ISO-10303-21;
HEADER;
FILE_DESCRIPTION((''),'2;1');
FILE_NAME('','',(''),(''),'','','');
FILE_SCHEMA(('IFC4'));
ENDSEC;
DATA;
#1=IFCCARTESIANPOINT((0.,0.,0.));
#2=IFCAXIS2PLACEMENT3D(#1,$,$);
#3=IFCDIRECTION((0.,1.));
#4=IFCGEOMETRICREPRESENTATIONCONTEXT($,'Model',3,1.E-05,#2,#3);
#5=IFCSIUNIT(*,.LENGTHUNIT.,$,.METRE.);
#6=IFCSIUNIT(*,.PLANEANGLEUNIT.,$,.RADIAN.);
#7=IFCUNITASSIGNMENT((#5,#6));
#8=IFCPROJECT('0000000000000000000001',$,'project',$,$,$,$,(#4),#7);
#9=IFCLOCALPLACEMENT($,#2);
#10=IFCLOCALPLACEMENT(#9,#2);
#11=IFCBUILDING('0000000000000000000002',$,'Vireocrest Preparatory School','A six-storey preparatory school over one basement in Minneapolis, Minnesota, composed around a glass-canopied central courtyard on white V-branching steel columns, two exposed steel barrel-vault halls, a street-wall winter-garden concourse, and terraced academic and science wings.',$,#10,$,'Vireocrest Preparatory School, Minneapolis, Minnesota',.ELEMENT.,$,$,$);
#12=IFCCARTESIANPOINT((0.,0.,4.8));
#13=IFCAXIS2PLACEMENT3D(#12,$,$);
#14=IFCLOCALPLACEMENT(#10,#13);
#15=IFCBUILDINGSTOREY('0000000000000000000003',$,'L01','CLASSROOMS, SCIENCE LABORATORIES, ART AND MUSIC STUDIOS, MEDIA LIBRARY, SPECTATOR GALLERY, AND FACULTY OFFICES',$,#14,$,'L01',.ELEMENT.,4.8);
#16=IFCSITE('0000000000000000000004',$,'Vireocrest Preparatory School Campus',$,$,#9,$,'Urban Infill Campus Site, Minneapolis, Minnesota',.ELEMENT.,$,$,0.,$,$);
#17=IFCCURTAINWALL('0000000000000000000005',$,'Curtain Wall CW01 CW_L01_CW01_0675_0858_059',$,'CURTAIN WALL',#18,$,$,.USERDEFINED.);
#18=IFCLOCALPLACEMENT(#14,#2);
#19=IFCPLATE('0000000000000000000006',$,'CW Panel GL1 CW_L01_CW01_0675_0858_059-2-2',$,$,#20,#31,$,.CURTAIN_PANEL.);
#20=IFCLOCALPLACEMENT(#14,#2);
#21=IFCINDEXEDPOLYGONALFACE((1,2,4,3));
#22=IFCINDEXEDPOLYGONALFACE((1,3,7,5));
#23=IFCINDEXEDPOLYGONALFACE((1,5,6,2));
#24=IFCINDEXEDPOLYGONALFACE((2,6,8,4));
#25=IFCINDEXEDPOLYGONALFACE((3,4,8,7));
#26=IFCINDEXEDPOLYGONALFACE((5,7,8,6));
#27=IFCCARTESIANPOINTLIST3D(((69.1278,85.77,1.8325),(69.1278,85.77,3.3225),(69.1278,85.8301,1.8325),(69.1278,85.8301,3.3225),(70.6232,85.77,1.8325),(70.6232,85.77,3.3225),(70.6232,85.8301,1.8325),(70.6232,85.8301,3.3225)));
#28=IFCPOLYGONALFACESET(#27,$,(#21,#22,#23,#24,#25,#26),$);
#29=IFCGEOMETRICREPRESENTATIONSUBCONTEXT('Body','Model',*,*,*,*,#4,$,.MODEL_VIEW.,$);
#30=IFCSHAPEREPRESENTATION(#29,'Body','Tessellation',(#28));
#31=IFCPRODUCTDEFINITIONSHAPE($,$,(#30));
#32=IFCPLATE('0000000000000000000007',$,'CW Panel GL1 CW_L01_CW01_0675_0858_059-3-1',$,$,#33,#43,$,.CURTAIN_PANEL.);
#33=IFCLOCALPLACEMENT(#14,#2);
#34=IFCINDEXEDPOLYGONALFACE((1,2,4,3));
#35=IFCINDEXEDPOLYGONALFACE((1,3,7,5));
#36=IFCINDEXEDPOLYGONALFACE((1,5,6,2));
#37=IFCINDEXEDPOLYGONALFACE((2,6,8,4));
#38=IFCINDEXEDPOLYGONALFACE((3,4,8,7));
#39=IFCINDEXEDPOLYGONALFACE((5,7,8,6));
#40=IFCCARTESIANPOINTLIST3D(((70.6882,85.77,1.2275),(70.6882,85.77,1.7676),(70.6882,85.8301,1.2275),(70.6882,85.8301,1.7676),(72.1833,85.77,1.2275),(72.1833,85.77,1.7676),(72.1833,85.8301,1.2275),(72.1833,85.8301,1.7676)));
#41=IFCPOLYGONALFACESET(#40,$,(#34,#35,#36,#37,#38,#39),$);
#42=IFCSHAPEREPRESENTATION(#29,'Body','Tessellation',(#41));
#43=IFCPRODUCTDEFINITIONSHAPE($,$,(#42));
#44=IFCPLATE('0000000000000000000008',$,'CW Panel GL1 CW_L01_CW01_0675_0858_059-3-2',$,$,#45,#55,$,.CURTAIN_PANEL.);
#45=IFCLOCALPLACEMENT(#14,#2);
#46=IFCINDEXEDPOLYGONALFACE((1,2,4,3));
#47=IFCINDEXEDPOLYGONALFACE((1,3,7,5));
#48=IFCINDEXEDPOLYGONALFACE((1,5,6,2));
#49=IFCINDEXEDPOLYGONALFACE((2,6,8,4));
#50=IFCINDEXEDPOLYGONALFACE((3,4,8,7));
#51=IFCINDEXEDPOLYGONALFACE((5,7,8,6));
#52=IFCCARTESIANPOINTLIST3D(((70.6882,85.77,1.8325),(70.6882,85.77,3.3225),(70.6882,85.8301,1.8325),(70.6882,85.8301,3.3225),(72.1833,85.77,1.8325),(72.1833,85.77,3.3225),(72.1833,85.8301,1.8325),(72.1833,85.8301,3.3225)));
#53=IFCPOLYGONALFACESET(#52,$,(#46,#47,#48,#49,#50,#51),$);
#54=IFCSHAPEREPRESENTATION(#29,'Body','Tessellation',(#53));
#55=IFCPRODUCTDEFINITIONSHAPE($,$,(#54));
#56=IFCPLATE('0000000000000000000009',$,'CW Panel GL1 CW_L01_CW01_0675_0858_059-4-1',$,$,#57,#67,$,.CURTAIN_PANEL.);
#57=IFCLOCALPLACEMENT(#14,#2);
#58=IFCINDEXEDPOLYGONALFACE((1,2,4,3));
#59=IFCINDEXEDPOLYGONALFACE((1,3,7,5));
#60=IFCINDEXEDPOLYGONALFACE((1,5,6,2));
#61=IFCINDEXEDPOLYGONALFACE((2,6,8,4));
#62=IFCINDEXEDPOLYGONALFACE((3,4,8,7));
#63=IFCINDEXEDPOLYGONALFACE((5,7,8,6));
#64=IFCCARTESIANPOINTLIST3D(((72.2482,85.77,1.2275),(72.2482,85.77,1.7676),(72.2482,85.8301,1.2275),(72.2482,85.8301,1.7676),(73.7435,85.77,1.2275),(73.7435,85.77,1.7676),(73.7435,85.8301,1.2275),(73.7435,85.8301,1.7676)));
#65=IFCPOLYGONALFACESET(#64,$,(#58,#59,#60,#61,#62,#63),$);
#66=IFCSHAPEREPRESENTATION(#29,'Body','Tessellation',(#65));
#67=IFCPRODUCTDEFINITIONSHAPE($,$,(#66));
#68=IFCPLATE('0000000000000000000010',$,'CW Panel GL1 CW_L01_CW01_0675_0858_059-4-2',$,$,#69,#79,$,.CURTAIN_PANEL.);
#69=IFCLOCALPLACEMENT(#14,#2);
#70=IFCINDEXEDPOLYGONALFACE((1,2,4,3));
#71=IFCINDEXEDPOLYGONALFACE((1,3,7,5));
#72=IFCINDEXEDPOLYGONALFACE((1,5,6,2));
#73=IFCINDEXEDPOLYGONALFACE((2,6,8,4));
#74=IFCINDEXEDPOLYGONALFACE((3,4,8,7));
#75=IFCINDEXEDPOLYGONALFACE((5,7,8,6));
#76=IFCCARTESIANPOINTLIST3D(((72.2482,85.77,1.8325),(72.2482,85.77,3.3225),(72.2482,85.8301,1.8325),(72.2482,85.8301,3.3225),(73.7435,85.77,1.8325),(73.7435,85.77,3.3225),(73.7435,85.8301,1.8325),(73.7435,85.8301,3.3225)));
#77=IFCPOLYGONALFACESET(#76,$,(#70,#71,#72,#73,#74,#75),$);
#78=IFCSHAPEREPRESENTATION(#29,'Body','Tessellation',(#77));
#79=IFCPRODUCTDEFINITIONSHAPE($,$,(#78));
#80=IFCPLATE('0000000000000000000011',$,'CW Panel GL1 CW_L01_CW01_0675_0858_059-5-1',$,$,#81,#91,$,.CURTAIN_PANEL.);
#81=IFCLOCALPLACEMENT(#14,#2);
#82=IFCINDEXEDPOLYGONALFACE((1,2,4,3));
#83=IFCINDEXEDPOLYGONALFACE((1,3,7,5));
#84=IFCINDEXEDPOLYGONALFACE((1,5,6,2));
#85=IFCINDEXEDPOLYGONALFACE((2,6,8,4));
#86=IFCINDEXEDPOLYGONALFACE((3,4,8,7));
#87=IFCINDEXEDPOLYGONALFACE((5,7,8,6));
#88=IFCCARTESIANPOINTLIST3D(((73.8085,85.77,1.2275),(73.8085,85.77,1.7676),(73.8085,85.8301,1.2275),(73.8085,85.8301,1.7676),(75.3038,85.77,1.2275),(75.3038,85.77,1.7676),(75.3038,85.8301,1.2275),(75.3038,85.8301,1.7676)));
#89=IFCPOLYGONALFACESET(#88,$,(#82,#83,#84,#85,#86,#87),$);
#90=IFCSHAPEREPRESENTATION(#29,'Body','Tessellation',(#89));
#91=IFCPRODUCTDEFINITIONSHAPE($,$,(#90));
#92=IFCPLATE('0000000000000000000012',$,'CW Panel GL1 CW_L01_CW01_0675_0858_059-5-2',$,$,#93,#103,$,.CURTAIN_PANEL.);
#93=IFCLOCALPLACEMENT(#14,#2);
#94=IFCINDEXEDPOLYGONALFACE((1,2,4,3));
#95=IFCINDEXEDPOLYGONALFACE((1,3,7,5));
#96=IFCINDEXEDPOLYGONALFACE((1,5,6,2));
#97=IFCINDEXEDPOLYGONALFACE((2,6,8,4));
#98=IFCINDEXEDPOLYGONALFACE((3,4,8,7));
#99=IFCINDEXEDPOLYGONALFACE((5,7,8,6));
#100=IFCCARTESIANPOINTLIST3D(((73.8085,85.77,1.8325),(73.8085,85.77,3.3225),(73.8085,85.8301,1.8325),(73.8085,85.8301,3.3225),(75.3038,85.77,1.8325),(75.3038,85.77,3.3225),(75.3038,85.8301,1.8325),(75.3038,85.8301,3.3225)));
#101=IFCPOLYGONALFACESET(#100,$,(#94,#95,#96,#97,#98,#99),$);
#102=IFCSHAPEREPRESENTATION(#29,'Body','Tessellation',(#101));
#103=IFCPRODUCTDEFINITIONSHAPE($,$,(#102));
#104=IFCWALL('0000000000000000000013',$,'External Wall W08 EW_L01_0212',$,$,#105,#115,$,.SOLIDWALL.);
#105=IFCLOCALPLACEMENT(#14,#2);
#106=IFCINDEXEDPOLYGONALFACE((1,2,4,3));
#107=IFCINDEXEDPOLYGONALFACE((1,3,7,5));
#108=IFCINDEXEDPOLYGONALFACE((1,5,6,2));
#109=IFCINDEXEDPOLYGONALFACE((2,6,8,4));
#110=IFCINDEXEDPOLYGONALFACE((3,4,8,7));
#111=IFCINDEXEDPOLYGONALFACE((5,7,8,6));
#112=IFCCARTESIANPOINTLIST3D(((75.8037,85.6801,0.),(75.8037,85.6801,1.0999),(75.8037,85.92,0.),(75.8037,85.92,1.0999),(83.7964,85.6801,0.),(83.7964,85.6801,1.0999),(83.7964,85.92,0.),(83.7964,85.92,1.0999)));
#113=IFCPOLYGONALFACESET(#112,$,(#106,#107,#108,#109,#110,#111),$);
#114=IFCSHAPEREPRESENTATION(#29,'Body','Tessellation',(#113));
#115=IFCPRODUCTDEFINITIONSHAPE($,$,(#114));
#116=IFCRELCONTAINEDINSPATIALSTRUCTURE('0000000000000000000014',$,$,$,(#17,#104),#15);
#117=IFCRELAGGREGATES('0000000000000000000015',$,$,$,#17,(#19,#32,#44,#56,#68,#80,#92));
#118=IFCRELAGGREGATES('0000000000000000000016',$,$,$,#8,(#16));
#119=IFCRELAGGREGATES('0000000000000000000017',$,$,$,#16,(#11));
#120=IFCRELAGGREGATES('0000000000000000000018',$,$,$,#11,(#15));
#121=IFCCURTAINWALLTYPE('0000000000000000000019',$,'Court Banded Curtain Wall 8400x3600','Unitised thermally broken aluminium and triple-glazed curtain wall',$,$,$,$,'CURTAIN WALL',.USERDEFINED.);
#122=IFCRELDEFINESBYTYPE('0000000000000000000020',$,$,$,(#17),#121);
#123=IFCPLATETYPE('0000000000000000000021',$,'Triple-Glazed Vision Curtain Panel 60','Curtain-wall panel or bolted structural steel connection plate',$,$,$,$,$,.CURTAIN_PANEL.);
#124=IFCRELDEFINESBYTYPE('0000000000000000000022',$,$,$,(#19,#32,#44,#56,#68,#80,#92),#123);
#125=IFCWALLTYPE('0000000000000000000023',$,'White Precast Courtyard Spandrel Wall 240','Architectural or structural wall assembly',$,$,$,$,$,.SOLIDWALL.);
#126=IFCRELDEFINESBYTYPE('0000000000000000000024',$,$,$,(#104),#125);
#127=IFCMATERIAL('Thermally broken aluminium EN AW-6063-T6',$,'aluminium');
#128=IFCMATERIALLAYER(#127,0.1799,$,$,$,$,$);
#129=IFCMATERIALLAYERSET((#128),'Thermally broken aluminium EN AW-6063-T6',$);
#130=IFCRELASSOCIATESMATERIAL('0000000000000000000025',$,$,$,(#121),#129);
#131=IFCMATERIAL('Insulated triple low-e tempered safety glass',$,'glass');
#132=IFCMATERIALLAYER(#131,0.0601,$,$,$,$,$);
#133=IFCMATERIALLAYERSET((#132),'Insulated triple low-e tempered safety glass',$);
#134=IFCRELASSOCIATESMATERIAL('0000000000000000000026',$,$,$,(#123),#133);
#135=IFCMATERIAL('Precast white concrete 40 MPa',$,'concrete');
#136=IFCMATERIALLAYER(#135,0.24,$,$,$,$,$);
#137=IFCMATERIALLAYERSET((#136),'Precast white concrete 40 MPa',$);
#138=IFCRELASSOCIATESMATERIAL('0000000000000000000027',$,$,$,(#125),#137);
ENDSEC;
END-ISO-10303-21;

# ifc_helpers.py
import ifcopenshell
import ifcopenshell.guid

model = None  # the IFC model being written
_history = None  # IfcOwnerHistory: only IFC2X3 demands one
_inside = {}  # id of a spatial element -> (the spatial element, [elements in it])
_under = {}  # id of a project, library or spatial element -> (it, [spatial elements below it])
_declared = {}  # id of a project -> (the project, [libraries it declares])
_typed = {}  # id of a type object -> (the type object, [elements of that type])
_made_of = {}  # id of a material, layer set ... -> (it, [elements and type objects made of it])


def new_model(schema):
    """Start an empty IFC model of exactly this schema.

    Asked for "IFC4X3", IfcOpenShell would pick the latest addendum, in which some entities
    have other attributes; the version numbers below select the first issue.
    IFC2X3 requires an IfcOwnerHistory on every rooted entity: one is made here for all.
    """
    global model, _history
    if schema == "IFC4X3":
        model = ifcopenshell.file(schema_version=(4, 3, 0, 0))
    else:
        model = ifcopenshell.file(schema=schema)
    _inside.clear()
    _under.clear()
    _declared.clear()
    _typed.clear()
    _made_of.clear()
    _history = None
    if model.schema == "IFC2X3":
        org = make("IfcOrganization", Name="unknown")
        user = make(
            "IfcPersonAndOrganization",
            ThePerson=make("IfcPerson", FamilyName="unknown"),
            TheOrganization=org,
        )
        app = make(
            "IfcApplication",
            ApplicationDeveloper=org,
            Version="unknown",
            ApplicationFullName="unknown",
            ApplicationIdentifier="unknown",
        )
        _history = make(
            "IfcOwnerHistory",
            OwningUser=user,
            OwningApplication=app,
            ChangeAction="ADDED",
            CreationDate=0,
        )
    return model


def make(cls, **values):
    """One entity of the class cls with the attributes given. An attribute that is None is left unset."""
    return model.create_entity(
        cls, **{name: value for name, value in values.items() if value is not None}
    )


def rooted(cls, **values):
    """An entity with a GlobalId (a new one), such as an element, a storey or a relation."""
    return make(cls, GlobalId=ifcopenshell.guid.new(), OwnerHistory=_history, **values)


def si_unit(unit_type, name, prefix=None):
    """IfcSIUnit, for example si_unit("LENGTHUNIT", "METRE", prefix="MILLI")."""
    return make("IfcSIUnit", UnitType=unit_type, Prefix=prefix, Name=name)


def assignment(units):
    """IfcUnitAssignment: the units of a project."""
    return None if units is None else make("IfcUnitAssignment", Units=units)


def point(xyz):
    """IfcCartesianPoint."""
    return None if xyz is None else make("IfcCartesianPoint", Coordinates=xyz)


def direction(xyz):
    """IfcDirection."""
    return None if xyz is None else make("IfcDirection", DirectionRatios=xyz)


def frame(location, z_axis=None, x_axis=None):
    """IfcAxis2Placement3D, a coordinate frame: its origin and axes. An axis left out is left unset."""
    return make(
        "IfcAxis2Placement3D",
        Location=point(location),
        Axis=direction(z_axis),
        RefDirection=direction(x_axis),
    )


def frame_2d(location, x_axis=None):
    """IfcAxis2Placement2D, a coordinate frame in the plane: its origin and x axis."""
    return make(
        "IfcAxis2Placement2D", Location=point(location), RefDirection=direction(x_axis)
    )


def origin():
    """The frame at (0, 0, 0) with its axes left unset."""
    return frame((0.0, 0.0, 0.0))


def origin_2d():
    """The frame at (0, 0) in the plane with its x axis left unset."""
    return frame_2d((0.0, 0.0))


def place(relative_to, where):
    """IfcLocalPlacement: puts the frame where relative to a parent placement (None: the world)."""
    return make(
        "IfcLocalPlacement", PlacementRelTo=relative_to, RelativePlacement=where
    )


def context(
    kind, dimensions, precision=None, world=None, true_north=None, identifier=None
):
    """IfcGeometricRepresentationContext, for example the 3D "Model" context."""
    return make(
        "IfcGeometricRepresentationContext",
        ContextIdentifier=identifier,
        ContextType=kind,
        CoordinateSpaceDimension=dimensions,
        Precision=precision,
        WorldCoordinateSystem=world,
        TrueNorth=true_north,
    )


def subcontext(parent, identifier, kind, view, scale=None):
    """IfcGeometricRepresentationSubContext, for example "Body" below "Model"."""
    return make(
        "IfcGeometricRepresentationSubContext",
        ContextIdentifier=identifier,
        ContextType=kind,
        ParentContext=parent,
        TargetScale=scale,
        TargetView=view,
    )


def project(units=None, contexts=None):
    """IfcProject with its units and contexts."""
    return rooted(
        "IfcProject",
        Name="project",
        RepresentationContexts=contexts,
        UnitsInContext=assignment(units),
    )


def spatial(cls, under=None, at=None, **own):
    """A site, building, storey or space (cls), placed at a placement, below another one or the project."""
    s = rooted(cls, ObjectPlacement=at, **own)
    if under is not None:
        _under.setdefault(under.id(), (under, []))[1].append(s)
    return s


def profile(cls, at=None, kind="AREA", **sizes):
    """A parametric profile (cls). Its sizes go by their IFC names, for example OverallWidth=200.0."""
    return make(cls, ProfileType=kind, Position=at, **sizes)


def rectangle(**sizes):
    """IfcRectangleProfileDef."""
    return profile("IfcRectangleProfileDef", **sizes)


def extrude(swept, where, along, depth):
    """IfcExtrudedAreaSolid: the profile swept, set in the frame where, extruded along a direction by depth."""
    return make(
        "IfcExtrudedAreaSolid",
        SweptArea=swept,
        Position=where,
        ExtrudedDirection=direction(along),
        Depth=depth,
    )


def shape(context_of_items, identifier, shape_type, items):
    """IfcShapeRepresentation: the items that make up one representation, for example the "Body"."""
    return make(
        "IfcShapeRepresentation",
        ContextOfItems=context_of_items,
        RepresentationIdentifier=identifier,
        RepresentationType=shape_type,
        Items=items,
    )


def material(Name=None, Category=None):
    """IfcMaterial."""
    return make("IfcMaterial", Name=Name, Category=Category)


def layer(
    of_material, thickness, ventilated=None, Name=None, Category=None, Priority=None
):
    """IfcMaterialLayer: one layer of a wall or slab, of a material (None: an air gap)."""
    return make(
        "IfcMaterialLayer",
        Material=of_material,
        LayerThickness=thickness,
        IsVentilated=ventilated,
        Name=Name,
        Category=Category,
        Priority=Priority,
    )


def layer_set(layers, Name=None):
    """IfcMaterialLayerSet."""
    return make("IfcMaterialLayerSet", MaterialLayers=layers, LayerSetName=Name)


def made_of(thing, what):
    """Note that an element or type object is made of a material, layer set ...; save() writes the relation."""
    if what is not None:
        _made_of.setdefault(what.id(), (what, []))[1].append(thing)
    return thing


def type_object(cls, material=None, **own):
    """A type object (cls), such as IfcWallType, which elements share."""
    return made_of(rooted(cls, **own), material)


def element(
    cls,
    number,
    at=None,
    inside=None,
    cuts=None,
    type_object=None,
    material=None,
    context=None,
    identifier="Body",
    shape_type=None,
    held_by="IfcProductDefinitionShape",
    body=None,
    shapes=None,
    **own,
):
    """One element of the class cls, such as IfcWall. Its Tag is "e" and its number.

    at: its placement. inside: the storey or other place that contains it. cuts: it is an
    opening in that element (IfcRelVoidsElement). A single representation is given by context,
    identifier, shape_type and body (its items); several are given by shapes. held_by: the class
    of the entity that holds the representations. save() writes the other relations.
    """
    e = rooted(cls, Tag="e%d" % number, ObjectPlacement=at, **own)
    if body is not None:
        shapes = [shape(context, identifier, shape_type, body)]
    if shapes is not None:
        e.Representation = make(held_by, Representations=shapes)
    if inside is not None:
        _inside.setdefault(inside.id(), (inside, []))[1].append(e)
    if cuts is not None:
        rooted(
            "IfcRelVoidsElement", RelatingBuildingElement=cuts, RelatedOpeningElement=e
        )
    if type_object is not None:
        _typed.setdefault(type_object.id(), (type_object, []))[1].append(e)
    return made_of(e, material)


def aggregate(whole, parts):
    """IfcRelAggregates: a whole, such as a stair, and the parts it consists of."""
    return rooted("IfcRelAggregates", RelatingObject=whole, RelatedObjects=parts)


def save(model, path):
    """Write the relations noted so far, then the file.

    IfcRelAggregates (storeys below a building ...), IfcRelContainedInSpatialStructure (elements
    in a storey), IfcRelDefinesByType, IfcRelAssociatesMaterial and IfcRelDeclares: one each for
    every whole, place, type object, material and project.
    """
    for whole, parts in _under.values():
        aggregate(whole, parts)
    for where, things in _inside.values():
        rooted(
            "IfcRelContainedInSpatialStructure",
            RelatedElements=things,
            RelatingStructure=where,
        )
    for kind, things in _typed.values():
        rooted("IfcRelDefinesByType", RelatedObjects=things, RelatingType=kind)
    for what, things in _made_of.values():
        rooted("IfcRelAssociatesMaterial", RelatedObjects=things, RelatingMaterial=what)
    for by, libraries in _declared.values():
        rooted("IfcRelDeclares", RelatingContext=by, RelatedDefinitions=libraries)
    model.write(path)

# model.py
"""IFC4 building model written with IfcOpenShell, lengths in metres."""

from ifc_helpers import new_model, si_unit, direction, frame, frame_2d, origin, origin_2d, place, context, subcontext, project, spatial, rectangle, extrude, material, layer, layer_set, type_object, element, aggregate, save


model = new_model("IFC4")

# Units and contexts
model_context = context("Model", 3, precision=1e-05, world=origin(), true_north=direction((0.0, 1.0)))
body_context = subcontext(model_context, "Body", "Model", "MODEL_VIEW")
ifc_project = project(units=[si_unit("LENGTHUNIT", "METRE"), si_unit("PLANEANGLEUNIT", "RADIAN")], contexts=[model_context])

# Site, building, storey
site_placement = place(None, origin())
site = spatial("IfcSite", under=ifc_project, at=site_placement, Name="Vireocrest Preparatory School Campus", LongName="Urban Infill Campus Site, Minneapolis, Minnesota", CompositionType="ELEMENT", RefElevation=0.0)
building_placement = place(site_placement, origin())
building = spatial("IfcBuilding", under=site, at=building_placement, Name="Vireocrest Preparatory School", Description="A six-storey preparatory school over one basement in Minneapolis, Minnesota, composed around a glass-canopied central courtyard on white V-branching steel columns, two exposed steel barrel-vault halls, a street-wall winter-garden concourse, and terraced academic and science wings.", LongName="Vireocrest Preparatory School, Minneapolis, Minnesota", CompositionType="ELEMENT")
storey_placement = place(building_placement, frame((0.0, 0.0, 4.8)))
storey = spatial("IfcBuildingStorey", under=building, at=storey_placement, Name="L01", Description="CLASSROOMS, SCIENCE LABORATORIES, ART AND MUSIC STUDIOS, MEDIA LIBRARY, SPECTATOR GALLERY, AND FACULTY OFFICES", LongName="L01", CompositionType="ELEMENT", Elevation=4.8)

# Curtain wall
ifc_material_1 = material(Name="Thermally broken aluminium EN AW-6063-T6", Category="aluminium")
ifc_layer_1 = layer(ifc_material_1, 0.1799)
ifc_layer_set_1 = layer_set([ifc_layer_1], Name="Thermally broken aluminium EN AW-6063-T6")
curtain_wall_type = type_object("IfcCurtainWallType", Name="Court Banded Curtain Wall 8400x3600", Description="Unitised thermally broken aluminium and triple-glazed curtain wall", ElementType="CURTAIN WALL", PredefinedType="USERDEFINED", material=ifc_layer_set_1)
curtain_wall_1_placement = place(storey_placement, origin())
curtain_wall_1 = element("IfcCurtainWall", 1, at=curtain_wall_1_placement, inside=storey, type_object=curtain_wall_type, Name="Curtain Wall CW01 CW_L01_CW01_0675_0858_059", ObjectType="CURTAIN WALL", PredefinedType="USERDEFINED")

# Plates
ifc_material_2 = material(Name="Insulated triple low-e tempered safety glass", Category="glass")
ifc_layer_2 = layer(ifc_material_2, 0.0601)
ifc_layer_set_2 = layer_set([ifc_layer_2], Name="Insulated triple low-e tempered safety glass")
plate_type = type_object("IfcPlateType", Name="Triple-Glazed Vision Curtain Panel 60", Description="Curtain-wall panel or bolted structural steel connection plate", PredefinedType="CURTAIN_PANEL", material=ifc_layer_set_2)
plate_1_placement = place(storey_placement, frame((69.8755, 85.8, 1.8325), z_axis=(0.0, 0.0, 1.0), x_axis=(1.0, 0.0, 0.0)))
plate_1 = element("IfcPlate", 2, at=plate_1_placement, type_object=plate_type, Name="CW Panel GL1 CW_L01_CW01_0675_0858_059-2-2", PredefinedType="CURTAIN_PANEL", context=body_context, shape_type="SweptSolid", body=[
    extrude(rectangle(XDim=1.4954, YDim=0.0601, at=origin_2d()), origin(), (0.0, 0.0, 1.0), 1.49),
])
plate_2_placement = place(storey_placement, frame((71.4358, 85.8, 1.2275), z_axis=(0.0, 0.0, 1.0), x_axis=(1.0, 0.0, 0.0)))
plate_2 = element("IfcPlate", 3, at=plate_2_placement, type_object=plate_type, Name="CW Panel GL1 CW_L01_CW01_0675_0858_059-3-1", PredefinedType="CURTAIN_PANEL", context=body_context, shape_type="SweptSolid", body=[
    extrude(rectangle(XDim=1.4951, YDim=0.0601, at=origin_2d()), origin(), (0.0, 0.0, 1.0), 0.54),
])
plate_3_placement = place(storey_placement, frame((71.4358, 85.8, 1.8325), z_axis=(0.0, 0.0, 1.0), x_axis=(1.0, 0.0, 0.0)))
plate_3 = element("IfcPlate", 4, at=plate_3_placement, type_object=plate_type, Name="CW Panel GL1 CW_L01_CW01_0675_0858_059-3-2", PredefinedType="CURTAIN_PANEL", context=body_context, shape_type="SweptSolid", body=[
    extrude(rectangle(XDim=1.4951, YDim=0.0601, at=origin_2d()), origin(), (0.0, 0.0, 1.0), 1.49),
])
plate_4_placement = place(storey_placement, frame((72.9958, 85.8, 1.2275), z_axis=(0.0, 0.0, 1.0), x_axis=(1.0, 0.0, 0.0)))
plate_4 = element("IfcPlate", 5, at=plate_4_placement, type_object=plate_type, Name="CW Panel GL1 CW_L01_CW01_0675_0858_059-4-1", PredefinedType="CURTAIN_PANEL", context=body_context, shape_type="SweptSolid", body=[
    extrude(rectangle(XDim=1.4954, YDim=0.0601, at=origin_2d()), origin(), (0.0, 0.0, 1.0), 0.54),
])
plate_5_placement = place(storey_placement, frame((72.9958, 85.8, 1.8325), z_axis=(0.0, 0.0, 1.0), x_axis=(1.0, 0.0, 0.0)))
plate_5 = element("IfcPlate", 6, at=plate_5_placement, type_object=plate_type, Name="CW Panel GL1 CW_L01_CW01_0675_0858_059-4-2", PredefinedType="CURTAIN_PANEL", context=body_context, shape_type="SweptSolid", body=[
    extrude(rectangle(XDim=1.4954, YDim=0.0601, at=origin_2d()), origin(), (0.0, 0.0, 1.0), 1.49),
])
plate_6_placement = place(storey_placement, frame((74.5562, 85.8, 1.2275), z_axis=(0.0, 0.0, 1.0), x_axis=(1.0, 0.0, 0.0)))
plate_6 = element("IfcPlate", 7, at=plate_6_placement, type_object=plate_type, Name="CW Panel GL1 CW_L01_CW01_0675_0858_059-5-1", PredefinedType="CURTAIN_PANEL", context=body_context, shape_type="SweptSolid", body=[
    extrude(rectangle(XDim=1.4954, YDim=0.0601, at=origin_2d()), origin(), (0.0, 0.0, 1.0), 0.54),
])
plate_7_placement = place(storey_placement, frame((74.5562, 85.8, 1.8325), z_axis=(0.0, 0.0, 1.0), x_axis=(1.0, 0.0, 0.0)))
plate_7 = element("IfcPlate", 8, at=plate_7_placement, type_object=plate_type, Name="CW Panel GL1 CW_L01_CW01_0675_0858_059-5-2", PredefinedType="CURTAIN_PANEL", context=body_context, shape_type="SweptSolid", body=[
    extrude(rectangle(XDim=1.4954, YDim=0.0601, at=origin_2d()), origin(), (0.0, 0.0, 1.0), 1.49),
])
aggregate(curtain_wall_1, [plate_1, plate_2, plate_3, plate_4, plate_5, plate_6, plate_7])

# Wall
ifc_material_3 = material(Name="Precast white concrete 40 MPa", Category="concrete")
ifc_layer_3 = layer(ifc_material_3, 0.24)
ifc_layer_set_3 = layer_set([ifc_layer_3], Name="Precast white concrete 40 MPa")
wall_type = type_object("IfcWallType", Name="White Precast Courtyard Spandrel Wall 240", Description="Architectural or structural wall assembly", PredefinedType="SOLIDWALL", material=ifc_layer_set_3)
wall_placement = place(storey_placement, frame((75.8037, 85.8, 0.0), z_axis=(0.0, 0.0, 1.0), x_axis=(1.0, 0.0, 0.0)))
element("IfcWall", 9, at=wall_placement, inside=storey, type_object=wall_type, Name="External Wall W08 EW_L01_0212", PredefinedType="SOLIDWALL", context=body_context, shape_type="SweptSolid", body=[
    extrude(rectangle(XDim=7.9927, YDim=0.24, at=frame_2d((3.9963, 0.0))), origin(), (0.0, 0.0, 1.0), 1.0999),
])

save(model, "model.ifc")
